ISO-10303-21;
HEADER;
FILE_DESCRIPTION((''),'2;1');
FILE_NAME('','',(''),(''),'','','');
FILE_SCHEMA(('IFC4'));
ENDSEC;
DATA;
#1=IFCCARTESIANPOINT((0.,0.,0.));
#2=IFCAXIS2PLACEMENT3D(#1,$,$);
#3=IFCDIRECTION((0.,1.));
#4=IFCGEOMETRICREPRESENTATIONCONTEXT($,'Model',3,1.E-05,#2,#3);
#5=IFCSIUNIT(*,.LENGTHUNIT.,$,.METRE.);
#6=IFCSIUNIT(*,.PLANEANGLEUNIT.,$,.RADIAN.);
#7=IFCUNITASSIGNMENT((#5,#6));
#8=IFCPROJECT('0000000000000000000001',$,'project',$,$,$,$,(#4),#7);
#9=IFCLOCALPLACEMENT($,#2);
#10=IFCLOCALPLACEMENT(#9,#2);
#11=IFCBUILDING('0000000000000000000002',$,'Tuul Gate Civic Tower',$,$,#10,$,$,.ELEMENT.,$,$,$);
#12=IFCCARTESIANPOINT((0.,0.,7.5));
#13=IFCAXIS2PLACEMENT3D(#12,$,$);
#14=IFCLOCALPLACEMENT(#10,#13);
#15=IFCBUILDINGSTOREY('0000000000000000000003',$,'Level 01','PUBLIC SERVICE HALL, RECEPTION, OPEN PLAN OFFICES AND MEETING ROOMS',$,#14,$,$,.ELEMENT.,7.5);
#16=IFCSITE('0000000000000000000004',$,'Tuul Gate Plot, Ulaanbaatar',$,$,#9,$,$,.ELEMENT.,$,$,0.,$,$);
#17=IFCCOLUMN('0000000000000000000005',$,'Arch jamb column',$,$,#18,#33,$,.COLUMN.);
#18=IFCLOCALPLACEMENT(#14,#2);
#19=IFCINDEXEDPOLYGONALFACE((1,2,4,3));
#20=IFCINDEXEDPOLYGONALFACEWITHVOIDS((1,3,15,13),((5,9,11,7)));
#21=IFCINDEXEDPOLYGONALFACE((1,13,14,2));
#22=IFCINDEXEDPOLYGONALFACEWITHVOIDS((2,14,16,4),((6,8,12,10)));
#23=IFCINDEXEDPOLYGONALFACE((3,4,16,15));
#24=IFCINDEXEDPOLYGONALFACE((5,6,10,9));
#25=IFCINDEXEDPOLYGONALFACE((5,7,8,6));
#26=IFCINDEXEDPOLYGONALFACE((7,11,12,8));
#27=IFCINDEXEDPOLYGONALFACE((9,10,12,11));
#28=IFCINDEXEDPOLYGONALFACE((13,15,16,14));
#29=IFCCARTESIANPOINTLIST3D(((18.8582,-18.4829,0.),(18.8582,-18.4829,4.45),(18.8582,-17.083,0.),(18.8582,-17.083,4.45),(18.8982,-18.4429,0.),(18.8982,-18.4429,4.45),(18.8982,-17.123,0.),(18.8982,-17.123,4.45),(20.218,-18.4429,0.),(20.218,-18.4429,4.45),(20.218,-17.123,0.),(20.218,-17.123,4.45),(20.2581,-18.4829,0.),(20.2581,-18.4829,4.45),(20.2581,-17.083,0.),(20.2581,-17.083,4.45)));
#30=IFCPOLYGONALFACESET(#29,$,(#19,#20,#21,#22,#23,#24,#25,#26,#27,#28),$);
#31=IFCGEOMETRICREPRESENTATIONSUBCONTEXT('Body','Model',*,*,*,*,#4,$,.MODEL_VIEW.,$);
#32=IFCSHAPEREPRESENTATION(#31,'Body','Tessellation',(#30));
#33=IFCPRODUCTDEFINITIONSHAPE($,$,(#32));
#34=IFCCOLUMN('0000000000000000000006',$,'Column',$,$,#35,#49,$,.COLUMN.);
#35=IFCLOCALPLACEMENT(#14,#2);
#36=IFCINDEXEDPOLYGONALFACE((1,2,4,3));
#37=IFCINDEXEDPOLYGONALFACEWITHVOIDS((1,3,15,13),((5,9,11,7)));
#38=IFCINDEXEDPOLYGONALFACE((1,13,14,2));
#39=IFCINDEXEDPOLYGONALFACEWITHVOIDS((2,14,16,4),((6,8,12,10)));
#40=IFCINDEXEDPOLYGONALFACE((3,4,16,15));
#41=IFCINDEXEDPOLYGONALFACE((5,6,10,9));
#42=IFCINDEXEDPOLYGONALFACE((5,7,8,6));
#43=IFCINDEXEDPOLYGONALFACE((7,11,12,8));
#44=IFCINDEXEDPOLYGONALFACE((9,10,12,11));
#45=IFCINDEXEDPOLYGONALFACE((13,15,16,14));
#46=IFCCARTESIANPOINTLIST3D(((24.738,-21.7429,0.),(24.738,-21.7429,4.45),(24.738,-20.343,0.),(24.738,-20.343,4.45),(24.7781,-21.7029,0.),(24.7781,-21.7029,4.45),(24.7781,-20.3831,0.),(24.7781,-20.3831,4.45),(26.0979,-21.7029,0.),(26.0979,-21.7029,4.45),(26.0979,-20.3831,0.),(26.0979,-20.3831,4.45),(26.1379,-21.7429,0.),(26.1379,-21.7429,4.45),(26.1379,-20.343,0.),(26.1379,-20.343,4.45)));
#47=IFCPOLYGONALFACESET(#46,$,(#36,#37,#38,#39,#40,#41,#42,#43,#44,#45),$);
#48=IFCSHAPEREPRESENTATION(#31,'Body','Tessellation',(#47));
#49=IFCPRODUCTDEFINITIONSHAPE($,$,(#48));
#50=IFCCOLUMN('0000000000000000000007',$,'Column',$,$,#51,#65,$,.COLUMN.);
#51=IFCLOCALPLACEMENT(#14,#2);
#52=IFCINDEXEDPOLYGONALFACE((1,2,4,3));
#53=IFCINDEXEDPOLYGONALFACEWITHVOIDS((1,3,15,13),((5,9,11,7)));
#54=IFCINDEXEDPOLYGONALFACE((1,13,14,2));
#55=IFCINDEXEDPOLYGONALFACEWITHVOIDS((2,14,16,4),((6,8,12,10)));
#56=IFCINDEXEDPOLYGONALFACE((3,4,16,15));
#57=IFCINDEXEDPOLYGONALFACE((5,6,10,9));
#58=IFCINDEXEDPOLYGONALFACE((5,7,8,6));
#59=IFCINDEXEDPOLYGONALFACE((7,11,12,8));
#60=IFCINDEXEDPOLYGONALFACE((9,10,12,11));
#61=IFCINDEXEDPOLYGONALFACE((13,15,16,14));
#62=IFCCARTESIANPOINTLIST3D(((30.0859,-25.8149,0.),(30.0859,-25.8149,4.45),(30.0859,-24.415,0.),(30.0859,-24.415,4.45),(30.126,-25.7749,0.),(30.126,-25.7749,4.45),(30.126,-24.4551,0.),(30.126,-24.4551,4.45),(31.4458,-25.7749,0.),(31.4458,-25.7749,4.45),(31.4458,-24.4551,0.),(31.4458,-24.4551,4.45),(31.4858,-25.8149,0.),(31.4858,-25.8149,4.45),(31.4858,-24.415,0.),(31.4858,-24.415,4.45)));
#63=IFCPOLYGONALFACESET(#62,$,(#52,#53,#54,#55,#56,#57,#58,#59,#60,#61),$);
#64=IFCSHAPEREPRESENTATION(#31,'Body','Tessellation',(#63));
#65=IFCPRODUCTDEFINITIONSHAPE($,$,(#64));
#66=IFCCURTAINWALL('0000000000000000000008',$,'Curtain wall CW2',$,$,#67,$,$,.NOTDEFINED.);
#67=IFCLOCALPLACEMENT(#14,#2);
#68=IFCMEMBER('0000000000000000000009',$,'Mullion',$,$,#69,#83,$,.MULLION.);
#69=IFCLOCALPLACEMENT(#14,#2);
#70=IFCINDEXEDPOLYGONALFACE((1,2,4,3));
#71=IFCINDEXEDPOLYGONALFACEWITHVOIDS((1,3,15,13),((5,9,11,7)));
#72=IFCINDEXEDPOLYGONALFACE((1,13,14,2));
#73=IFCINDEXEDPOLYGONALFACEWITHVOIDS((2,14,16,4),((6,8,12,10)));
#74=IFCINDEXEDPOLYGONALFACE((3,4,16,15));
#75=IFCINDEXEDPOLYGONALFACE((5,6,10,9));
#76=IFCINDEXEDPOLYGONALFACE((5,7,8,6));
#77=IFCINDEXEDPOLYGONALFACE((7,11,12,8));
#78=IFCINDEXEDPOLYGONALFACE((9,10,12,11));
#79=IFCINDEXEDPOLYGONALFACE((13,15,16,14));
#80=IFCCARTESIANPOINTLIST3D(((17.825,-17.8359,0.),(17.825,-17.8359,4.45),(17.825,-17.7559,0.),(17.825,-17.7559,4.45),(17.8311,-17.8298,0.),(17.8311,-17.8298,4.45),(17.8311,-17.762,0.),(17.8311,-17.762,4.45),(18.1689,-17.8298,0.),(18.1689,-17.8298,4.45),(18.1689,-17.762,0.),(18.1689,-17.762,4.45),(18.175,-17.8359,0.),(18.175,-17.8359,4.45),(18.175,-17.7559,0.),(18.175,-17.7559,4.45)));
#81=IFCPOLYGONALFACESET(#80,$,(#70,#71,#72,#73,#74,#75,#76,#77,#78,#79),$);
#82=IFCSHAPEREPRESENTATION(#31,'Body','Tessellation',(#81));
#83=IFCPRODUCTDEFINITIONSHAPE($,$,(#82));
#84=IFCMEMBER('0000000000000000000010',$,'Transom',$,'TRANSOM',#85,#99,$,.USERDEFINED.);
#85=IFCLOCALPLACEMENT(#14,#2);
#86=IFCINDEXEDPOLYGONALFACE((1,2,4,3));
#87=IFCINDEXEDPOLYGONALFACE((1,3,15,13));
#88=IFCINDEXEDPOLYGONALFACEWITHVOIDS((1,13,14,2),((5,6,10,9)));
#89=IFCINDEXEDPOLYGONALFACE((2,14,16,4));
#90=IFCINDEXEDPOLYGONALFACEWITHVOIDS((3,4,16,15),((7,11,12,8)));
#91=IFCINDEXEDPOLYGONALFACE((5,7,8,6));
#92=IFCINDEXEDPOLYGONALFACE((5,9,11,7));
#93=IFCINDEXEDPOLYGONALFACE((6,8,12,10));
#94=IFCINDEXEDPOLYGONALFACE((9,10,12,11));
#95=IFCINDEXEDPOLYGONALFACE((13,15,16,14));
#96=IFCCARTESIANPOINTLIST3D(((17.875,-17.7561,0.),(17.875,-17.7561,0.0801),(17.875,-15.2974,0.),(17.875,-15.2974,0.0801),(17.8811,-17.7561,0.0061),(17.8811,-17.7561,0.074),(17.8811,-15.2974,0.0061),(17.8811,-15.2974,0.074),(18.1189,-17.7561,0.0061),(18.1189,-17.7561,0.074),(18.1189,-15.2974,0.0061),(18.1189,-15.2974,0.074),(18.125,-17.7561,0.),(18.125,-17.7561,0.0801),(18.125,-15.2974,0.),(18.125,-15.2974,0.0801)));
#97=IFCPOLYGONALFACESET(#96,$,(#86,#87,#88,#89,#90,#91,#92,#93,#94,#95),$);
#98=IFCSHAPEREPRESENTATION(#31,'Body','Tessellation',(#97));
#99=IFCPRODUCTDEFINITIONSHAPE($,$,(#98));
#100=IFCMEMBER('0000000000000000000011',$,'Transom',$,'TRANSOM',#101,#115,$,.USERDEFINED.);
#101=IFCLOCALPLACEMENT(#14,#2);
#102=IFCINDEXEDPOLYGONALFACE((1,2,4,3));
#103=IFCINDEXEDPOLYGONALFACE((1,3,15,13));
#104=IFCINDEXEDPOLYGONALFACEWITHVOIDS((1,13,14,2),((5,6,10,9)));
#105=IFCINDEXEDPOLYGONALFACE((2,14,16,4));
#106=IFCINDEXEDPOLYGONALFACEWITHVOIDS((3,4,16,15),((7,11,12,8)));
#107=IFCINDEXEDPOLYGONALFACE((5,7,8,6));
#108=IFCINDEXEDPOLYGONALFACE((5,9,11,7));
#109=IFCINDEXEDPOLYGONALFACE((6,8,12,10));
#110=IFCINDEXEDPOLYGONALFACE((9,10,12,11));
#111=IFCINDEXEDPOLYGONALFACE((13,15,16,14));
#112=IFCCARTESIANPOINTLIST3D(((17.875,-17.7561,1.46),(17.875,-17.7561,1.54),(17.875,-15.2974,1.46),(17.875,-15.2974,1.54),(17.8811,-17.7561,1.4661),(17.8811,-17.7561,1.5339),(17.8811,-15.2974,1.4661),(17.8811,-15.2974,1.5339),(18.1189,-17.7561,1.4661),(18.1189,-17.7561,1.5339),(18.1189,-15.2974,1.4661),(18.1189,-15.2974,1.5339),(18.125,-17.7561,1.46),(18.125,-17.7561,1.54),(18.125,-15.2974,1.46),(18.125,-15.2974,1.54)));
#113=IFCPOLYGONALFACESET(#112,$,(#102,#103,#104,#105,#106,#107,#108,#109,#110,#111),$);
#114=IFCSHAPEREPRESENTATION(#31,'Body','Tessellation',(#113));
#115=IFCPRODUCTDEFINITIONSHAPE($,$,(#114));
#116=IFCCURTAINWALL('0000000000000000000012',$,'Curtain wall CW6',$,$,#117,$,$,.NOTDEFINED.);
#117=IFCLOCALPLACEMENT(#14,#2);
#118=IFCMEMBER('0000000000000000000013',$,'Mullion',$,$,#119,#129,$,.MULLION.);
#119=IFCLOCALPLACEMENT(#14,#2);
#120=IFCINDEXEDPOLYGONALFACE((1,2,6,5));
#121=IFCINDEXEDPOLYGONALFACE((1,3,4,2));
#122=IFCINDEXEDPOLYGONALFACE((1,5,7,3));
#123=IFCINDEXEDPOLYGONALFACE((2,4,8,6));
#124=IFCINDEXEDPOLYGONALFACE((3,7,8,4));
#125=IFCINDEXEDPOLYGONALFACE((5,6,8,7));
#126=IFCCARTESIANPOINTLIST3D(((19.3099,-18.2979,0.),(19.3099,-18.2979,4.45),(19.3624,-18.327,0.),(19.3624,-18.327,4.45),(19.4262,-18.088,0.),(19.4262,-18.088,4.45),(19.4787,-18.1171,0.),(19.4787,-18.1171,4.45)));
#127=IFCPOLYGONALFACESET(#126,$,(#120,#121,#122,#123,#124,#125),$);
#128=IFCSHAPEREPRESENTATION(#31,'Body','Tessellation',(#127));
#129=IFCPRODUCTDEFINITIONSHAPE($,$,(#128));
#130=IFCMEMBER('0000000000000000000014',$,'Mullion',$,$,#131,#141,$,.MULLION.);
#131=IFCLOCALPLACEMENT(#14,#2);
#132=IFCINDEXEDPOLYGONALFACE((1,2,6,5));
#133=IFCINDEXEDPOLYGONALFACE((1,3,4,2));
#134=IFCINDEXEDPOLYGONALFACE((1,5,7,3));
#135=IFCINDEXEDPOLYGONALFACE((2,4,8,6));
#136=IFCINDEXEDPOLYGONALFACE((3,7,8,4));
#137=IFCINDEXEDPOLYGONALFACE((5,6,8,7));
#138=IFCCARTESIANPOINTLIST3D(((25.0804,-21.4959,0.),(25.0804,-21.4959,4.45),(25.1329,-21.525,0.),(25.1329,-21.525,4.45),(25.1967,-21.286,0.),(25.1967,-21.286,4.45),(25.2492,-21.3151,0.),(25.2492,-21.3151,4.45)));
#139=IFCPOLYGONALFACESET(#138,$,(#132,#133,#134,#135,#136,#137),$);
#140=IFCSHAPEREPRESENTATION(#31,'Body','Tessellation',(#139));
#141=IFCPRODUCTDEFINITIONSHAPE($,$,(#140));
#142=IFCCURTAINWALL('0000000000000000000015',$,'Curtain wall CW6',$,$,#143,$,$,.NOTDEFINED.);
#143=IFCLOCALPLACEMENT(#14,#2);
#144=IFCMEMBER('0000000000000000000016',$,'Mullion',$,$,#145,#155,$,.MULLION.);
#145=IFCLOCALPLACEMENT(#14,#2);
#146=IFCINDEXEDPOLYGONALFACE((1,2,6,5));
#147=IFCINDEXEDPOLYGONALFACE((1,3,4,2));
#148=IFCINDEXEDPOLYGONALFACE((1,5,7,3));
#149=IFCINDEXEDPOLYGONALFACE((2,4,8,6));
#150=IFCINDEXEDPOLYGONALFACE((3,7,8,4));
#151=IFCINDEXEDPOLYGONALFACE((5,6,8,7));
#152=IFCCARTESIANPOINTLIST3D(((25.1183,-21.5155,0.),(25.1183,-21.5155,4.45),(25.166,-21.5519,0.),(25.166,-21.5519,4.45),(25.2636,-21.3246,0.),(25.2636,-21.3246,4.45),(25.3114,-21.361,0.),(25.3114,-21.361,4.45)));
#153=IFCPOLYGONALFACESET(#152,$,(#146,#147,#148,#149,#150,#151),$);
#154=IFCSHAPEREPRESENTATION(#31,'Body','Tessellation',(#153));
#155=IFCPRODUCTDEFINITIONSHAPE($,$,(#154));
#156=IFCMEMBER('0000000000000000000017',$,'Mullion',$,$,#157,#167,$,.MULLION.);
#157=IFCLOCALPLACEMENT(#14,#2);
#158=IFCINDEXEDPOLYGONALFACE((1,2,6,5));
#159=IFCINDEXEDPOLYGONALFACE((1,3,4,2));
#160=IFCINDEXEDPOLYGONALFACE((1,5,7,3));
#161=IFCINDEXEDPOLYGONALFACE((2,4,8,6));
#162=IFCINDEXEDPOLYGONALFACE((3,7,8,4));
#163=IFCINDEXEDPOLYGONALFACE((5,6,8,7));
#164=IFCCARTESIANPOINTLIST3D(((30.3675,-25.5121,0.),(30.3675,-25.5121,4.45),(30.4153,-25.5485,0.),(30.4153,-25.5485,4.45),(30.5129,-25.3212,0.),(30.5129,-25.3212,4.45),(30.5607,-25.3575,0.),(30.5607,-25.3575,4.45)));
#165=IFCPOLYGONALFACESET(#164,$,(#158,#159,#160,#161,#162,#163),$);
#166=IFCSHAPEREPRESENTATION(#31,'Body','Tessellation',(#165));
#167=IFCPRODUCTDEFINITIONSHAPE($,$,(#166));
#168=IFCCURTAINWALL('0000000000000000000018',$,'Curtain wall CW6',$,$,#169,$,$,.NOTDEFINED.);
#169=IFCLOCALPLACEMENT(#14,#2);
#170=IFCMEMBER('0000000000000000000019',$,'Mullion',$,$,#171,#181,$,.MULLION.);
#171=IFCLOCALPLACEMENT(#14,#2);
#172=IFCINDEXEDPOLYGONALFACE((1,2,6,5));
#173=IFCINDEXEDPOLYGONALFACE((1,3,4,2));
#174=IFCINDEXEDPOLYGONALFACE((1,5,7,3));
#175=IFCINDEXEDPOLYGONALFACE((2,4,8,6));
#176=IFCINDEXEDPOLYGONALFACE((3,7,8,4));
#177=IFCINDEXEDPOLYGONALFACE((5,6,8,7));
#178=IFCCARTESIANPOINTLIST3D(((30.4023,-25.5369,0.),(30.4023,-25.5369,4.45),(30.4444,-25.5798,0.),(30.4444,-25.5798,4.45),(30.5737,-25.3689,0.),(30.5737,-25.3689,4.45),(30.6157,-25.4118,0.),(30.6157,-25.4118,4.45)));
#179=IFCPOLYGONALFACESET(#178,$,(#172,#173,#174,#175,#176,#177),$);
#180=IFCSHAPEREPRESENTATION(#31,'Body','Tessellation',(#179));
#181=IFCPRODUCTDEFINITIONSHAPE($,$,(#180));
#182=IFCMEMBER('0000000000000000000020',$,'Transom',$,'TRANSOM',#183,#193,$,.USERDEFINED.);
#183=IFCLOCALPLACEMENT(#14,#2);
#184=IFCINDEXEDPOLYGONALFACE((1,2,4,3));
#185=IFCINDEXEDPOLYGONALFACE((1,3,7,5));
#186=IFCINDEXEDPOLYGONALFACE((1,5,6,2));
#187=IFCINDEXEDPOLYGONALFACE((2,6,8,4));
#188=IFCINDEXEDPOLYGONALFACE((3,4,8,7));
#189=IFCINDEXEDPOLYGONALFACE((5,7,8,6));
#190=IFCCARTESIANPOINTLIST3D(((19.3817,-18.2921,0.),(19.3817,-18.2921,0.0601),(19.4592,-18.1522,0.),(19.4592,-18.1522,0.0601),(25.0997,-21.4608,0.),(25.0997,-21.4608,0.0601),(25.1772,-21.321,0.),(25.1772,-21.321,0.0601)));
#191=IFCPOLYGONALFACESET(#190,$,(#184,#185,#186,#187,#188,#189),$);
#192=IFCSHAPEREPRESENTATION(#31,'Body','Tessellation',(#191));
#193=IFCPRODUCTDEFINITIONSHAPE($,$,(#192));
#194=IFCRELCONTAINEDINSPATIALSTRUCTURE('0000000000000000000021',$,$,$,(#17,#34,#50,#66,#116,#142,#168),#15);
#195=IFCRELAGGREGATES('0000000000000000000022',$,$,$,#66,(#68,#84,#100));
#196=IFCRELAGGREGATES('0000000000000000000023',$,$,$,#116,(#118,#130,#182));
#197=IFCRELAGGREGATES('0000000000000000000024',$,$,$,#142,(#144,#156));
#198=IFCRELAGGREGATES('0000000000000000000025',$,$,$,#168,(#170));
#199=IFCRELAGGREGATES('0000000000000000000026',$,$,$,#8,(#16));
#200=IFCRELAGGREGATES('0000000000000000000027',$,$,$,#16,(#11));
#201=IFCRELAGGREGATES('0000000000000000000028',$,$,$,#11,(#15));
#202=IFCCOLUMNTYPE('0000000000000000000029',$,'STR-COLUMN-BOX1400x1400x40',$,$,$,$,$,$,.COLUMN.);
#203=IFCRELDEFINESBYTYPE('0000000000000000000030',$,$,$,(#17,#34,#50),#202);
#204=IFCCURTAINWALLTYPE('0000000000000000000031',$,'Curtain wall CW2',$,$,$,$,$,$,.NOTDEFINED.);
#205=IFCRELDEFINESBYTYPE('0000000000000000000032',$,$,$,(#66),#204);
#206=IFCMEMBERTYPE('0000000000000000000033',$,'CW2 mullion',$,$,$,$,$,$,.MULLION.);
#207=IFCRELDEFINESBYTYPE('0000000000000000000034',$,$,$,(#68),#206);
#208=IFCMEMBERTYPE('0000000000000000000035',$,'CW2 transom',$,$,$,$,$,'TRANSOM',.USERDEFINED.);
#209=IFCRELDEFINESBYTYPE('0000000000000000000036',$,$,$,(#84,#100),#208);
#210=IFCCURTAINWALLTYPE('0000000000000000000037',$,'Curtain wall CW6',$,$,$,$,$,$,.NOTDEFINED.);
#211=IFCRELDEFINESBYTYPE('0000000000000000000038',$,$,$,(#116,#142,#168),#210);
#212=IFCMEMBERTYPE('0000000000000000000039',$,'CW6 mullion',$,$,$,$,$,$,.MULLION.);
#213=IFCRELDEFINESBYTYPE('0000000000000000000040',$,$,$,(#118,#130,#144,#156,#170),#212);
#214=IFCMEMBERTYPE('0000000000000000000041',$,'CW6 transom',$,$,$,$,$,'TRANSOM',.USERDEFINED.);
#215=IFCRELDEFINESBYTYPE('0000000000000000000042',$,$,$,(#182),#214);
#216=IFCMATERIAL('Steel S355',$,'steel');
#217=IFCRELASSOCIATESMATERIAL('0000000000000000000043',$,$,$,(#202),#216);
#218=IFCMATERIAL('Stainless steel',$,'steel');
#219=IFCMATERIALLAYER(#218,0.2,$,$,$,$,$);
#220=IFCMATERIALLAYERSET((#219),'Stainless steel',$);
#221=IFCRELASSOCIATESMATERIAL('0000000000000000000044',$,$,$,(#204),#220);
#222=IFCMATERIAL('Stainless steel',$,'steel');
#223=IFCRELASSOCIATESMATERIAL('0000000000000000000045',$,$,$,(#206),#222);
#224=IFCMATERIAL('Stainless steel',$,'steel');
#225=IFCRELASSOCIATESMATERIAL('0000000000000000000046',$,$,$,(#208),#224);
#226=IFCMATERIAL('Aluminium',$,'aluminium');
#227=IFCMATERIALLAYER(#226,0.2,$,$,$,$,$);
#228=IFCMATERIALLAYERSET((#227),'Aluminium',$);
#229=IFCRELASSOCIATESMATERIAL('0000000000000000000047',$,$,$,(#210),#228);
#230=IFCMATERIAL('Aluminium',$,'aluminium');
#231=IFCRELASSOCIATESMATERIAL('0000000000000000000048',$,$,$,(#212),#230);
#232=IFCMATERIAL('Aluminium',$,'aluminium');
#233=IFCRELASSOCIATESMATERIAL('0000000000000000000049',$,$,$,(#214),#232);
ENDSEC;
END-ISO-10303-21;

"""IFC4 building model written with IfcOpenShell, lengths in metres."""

from ifc_helpers import new_model, si_unit, direction, frame, origin, origin_2d, place, context, subcontext, project, spatial, rectangle, hollow_rectangle, extrude, material, layer, layer_set, material_profile, profile_set, type_object, element, aggregate, save


model = new_model("IFC4")

# Units and contexts
model_context = context("Model", 3, precision=1e-05, world=origin(), true_north=direction((0.0, 1.0)))
body_context = subcontext(model_context, "Body", "Model", "MODEL_VIEW")
ifc_project = project(units=[si_unit("LENGTHUNIT", "METRE"), si_unit("PLANEANGLEUNIT", "RADIAN")], contexts=[model_context])

# Site, building, storey
site_placement = place(None, origin())
site = spatial("IfcSite", under=ifc_project, at=site_placement, Name="Tuul Gate Plot, Ulaanbaatar", CompositionType="ELEMENT", RefElevation=0.0)
building_placement = place(site_placement, origin())
building = spatial("IfcBuilding", under=site, at=building_placement, Name="Tuul Gate Civic Tower", CompositionType="ELEMENT")
storey_placement = place(building_placement, frame((0.0, 0.0, 7.5)))
storey = spatial("IfcBuildingStorey", under=building, at=storey_placement, Name="Level 01", Description="PUBLIC SERVICE HALL, RECEPTION, OPEN PLAN OFFICES AND MEETING ROOMS", CompositionType="ELEMENT", Elevation=7.5)

# Columns
ifc_material_1 = material(Name="Steel S355", Category="steel")
ifc_material_profile_1 = material_profile(ifc_material_1, hollow_rectangle(XDim=1.3999, YDim=1.3999, WallThickness=0.04, at=origin_2d()), Name="BOX1400x1400x40")
ifc_profile_set_1 = profile_set([ifc_material_profile_1], Name="Steel S355")
column_type = type_object("IfcColumnType", Name="STR-COLUMN-BOX1400x1400x40", PredefinedType="COLUMN", material=ifc_profile_set_1)
for number, where, z_axis, x_axis, name in (
    (1, (19.5581, -17.783, 0.0), (0.0, 0.0, 1.0), (1.0, 0.0, 0.0), "Arch jamb column"),
    (2, (25.438, -21.043, 0.0), (0.0, 0.0, 1.0), (1.0, 0.0, 0.0), "Column"),
    (3, (30.7859, -25.115, 0.0), (0.0, 0.0, 1.0), (1.0, 0.0, 0.0), "Column"),
):
    element("IfcColumn", number, at=place(storey_placement, frame(where, z_axis=z_axis, x_axis=x_axis)), inside=storey, type_object=column_type, Name=name, PredefinedType="COLUMN", context=body_context, shape_type="SweptSolid", body=[
        extrude(hollow_rectangle(XDim=1.3999, YDim=1.3999, WallThickness=0.04, at=origin_2d()), origin(), (0.0, 0.0, 1.0), 4.45),
    ])

# Curtain walls, members
ifc_material_2 = material(Name="Stainless steel", Category="steel")
ifc_layer_1 = layer(ifc_material_2, 0.2)
ifc_layer_set_1 = layer_set([ifc_layer_1], Name="Stainless steel")
curtain_wall_type_1 = type_object("IfcCurtainWallType", Name="Curtain wall CW2", PredefinedType="NOTDEFINED", material=ifc_layer_set_1)
curtain_wall_1_placement = place(storey_placement, origin())
curtain_wall_1 = element("IfcCurtainWall", 4, at=curtain_wall_1_placement, inside=storey, type_object=curtain_wall_type_1, Name="Curtain wall CW2", PredefinedType="NOTDEFINED")
ifc_material_3 = material(Name="Stainless steel", Category="steel")
ifc_material_profile_2 = material_profile(ifc_material_3, hollow_rectangle(XDim=0.3501, YDim=0.0801, WallThickness=0.0061, at=origin_2d()), Name="CW2 mullion")
ifc_profile_set_2 = profile_set([ifc_material_profile_2], Name="Stainless steel")
member_type_1 = type_object("IfcMemberType", Name="CW2 mullion", PredefinedType="MULLION", material=ifc_profile_set_2)
member_1_placement = place(storey_placement, frame((18.0, -17.7959, 0.0), z_axis=(0.0, 0.0, 1.0), x_axis=(-1.0, 0.0, 0.0)))
member_1 = element("IfcMember", 5, at=member_1_placement, type_object=member_type_1, Name="Mullion", PredefinedType="MULLION", context=body_context, shape_type="SweptSolid", body=[
    extrude(hollow_rectangle(XDim=0.3501, YDim=0.0801, WallThickness=0.0061, at=origin_2d()), origin(), (0.0, 0.0, 1.0), 4.45),
])
ifc_material_4 = material(Name="Stainless steel", Category="steel")
ifc_material_profile_3 = material_profile(ifc_material_4, hollow_rectangle(XDim=0.25, YDim=0.0801, WallThickness=0.0061, at=origin_2d()), Name="CW2 transom")
ifc_profile_set_3 = profile_set([ifc_material_profile_3], Name="Stainless steel")
member_type_2 = type_object("IfcMemberType", Name="CW2 transom", ElementType="TRANSOM", PredefinedType="USERDEFINED", material=ifc_profile_set_3)
member_2_placement = place(storey_placement, frame((18.0, -17.7561, 0.04), z_axis=(0.0, 1.0, 0.0), x_axis=(-1.0, 0.0, 0.0)))
member_2 = element("IfcMember", 6, at=member_2_placement, type_object=member_type_2, Name="Transom", ObjectType="TRANSOM", PredefinedType="USERDEFINED", context=body_context, shape_type="SweptSolid", body=[
    extrude(hollow_rectangle(XDim=0.25, YDim=0.0801, WallThickness=0.0061, at=origin_2d()), origin(), (0.0, 0.0, 1.0), 2.4587),
])
member_3_placement = place(storey_placement, frame((18.0, -17.7561, 1.5), z_axis=(0.0, 1.0, 0.0), x_axis=(-1.0, 0.0, 0.0)))
member_3 = element("IfcMember", 7, at=member_3_placement, type_object=member_type_2, Name="Transom", ObjectType="TRANSOM", PredefinedType="USERDEFINED", context=body_context, shape_type="SweptSolid", body=[
    extrude(hollow_rectangle(XDim=0.25, YDim=0.0801, WallThickness=0.0061, at=origin_2d()), origin(), (0.0, 0.0, 1.0), 2.4587),
])
aggregate(curtain_wall_1, [member_1, member_2, member_3])
ifc_material_5 = material(Name="Aluminium", Category="aluminium")
ifc_layer_2 = layer(ifc_material_5, 0.2)
ifc_layer_set_2 = layer_set([ifc_layer_2], Name="Aluminium")
curtain_wall_type_2 = type_object("IfcCurtainWallType", Name="Curtain wall CW6", PredefinedType="NOTDEFINED", material=ifc_layer_set_2)
curtain_wall_2_placement = place(storey_placement, origin())
curtain_wall_2 = element("IfcCurtainWall", 8, at=curtain_wall_2_placement, inside=storey, type_object=curtain_wall_type_2, Name="Curtain wall CW6", PredefinedType="NOTDEFINED")
ifc_material_6 = material(Name="Aluminium", Category="aluminium")
ifc_material_profile_4 = material_profile(ifc_material_6, rectangle(XDim=0.24, YDim=0.0601, at=origin_2d()), Name="CW6 mullion")
ifc_profile_set_4 = profile_set([ifc_material_profile_4], Name="Aluminium")
member_type_3 = type_object("IfcMemberType", Name="CW6 mullion", PredefinedType="MULLION", material=ifc_profile_set_4)
member_4_placement = place(storey_placement, frame((19.3943, -18.2075, 0.0), z_axis=(0.0, 0.0, 1.0), x_axis=(0.484724, 0.874667, 0.0)))
member_4 = element("IfcMember", 9, at=member_4_placement, type_object=member_type_3, Name="Mullion", PredefinedType="MULLION", context=body_context, shape_type="SweptSolid", body=[
    extrude(rectangle(XDim=0.24, YDim=0.0601, at=origin_2d()), origin(), (0.0, 0.0, 1.0), 4.45),
])
member_5_placement = place(storey_placement, frame((25.1648, -21.4055, 0.0), z_axis=(0.0, 0.0, 1.0), x_axis=(0.484724, 0.874667, 0.0)))
member_5 = element("IfcMember", 10, at=member_5_placement, type_object=member_type_3, Name="Mullion", PredefinedType="MULLION", context=body_context, shape_type="SweptSolid", body=[
    extrude(rectangle(XDim=0.24, YDim=0.0601, at=origin_2d()), origin(), (0.0, 0.0, 1.0), 4.45),
])
curtain_wall_3_placement = place(storey_placement, origin())
curtain_wall_3 = element("IfcCurtainWall", 11, at=curtain_wall_3_placement, inside=storey, type_object=curtain_wall_type_2, Name="Curtain wall CW6", PredefinedType="NOTDEFINED")
member_6_placement = place(storey_placement, frame((25.2148, -21.4382, 0.0), z_axis=(0.0, 0.0, 1.0), x_axis=(0.605776, 0.795635, 0.0)))
member_6 = element("IfcMember", 12, at=member_6_placement, type_object=member_type_3, Name="Mullion", PredefinedType="MULLION", context=body_context, shape_type="SweptSolid", body=[
    extrude(rectangle(XDim=0.24, YDim=0.0601, at=origin_2d()), origin(), (0.0, 0.0, 1.0), 4.45),
])
member_7_placement = place(storey_placement, frame((30.4641, -25.4348, 0.0), z_axis=(0.0, 0.0, 1.0), x_axis=(0.605776, 0.795635, 0.0)))
member_7 = element("IfcMember", 13, at=member_7_placement, type_object=member_type_3, Name="Mullion", PredefinedType="MULLION", context=body_context, shape_type="SweptSolid", body=[
    extrude(rectangle(XDim=0.24, YDim=0.0601, at=origin_2d()), origin(), (0.0, 0.0, 1.0), 4.45),
])

# Curtain wall, member
curtain_wall_4_placement = place(storey_placement, origin())
curtain_wall_4 = element("IfcCurtainWall", 14, at=curtain_wall_4_placement, inside=storey, type_object=curtain_wall_type_2, Name="Curtain wall CW6", PredefinedType="NOTDEFINED")
member_8_placement = place(storey_placement, frame((30.509, -25.4744, 0.0), z_axis=(0.0, 0.0, 1.0), x_axis=(0.714132, 0.700011, 0.0)))
member_8 = element("IfcMember", 15, at=member_8_placement, type_object=member_type_3, Name="Mullion", PredefinedType="MULLION", context=body_context, shape_type="SweptSolid", body=[
    extrude(rectangle(XDim=0.24, YDim=0.0601, at=origin_2d()), origin(), (0.0, 0.0, 1.0), 4.45),
])

# Member
ifc_material_7 = material(Name="Aluminium", Category="aluminium")
ifc_material_profile_5 = material_profile(ifc_material_7, rectangle(XDim=0.1599, YDim=0.0601, at=origin_2d()), Name="CW6 transom")
ifc_profile_set_5 = profile_set([ifc_material_profile_5], Name="Aluminium")
member_type_4 = type_object("IfcMemberType", Name="CW6 transom", ElementType="TRANSOM", PredefinedType="USERDEFINED", material=ifc_profile_set_5)
member_9_placement = place(storey_placement, frame((19.4204, -18.2222, 0.03), z_axis=(0.874675, -0.48471, 0.0), x_axis=(0.48471, 0.874675, 0.0)))
member_9 = element("IfcMember", 16, at=member_9_placement, type_object=member_type_4, Name="Transom", ObjectType="TRANSOM", PredefinedType="USERDEFINED", context=body_context, shape_type="SweptSolid", body=[
    extrude(rectangle(XDim=0.1599, YDim=0.0601, at=origin_2d()), origin(), (0.0, 0.0, 1.0), 6.5374),
])

aggregate(curtain_wall_2, [member_4, member_5, member_9])
aggregate(curtain_wall_3, [member_6, member_7])
aggregate(curtain_wall_4, [member_8])

save(model, "model.ifc")
